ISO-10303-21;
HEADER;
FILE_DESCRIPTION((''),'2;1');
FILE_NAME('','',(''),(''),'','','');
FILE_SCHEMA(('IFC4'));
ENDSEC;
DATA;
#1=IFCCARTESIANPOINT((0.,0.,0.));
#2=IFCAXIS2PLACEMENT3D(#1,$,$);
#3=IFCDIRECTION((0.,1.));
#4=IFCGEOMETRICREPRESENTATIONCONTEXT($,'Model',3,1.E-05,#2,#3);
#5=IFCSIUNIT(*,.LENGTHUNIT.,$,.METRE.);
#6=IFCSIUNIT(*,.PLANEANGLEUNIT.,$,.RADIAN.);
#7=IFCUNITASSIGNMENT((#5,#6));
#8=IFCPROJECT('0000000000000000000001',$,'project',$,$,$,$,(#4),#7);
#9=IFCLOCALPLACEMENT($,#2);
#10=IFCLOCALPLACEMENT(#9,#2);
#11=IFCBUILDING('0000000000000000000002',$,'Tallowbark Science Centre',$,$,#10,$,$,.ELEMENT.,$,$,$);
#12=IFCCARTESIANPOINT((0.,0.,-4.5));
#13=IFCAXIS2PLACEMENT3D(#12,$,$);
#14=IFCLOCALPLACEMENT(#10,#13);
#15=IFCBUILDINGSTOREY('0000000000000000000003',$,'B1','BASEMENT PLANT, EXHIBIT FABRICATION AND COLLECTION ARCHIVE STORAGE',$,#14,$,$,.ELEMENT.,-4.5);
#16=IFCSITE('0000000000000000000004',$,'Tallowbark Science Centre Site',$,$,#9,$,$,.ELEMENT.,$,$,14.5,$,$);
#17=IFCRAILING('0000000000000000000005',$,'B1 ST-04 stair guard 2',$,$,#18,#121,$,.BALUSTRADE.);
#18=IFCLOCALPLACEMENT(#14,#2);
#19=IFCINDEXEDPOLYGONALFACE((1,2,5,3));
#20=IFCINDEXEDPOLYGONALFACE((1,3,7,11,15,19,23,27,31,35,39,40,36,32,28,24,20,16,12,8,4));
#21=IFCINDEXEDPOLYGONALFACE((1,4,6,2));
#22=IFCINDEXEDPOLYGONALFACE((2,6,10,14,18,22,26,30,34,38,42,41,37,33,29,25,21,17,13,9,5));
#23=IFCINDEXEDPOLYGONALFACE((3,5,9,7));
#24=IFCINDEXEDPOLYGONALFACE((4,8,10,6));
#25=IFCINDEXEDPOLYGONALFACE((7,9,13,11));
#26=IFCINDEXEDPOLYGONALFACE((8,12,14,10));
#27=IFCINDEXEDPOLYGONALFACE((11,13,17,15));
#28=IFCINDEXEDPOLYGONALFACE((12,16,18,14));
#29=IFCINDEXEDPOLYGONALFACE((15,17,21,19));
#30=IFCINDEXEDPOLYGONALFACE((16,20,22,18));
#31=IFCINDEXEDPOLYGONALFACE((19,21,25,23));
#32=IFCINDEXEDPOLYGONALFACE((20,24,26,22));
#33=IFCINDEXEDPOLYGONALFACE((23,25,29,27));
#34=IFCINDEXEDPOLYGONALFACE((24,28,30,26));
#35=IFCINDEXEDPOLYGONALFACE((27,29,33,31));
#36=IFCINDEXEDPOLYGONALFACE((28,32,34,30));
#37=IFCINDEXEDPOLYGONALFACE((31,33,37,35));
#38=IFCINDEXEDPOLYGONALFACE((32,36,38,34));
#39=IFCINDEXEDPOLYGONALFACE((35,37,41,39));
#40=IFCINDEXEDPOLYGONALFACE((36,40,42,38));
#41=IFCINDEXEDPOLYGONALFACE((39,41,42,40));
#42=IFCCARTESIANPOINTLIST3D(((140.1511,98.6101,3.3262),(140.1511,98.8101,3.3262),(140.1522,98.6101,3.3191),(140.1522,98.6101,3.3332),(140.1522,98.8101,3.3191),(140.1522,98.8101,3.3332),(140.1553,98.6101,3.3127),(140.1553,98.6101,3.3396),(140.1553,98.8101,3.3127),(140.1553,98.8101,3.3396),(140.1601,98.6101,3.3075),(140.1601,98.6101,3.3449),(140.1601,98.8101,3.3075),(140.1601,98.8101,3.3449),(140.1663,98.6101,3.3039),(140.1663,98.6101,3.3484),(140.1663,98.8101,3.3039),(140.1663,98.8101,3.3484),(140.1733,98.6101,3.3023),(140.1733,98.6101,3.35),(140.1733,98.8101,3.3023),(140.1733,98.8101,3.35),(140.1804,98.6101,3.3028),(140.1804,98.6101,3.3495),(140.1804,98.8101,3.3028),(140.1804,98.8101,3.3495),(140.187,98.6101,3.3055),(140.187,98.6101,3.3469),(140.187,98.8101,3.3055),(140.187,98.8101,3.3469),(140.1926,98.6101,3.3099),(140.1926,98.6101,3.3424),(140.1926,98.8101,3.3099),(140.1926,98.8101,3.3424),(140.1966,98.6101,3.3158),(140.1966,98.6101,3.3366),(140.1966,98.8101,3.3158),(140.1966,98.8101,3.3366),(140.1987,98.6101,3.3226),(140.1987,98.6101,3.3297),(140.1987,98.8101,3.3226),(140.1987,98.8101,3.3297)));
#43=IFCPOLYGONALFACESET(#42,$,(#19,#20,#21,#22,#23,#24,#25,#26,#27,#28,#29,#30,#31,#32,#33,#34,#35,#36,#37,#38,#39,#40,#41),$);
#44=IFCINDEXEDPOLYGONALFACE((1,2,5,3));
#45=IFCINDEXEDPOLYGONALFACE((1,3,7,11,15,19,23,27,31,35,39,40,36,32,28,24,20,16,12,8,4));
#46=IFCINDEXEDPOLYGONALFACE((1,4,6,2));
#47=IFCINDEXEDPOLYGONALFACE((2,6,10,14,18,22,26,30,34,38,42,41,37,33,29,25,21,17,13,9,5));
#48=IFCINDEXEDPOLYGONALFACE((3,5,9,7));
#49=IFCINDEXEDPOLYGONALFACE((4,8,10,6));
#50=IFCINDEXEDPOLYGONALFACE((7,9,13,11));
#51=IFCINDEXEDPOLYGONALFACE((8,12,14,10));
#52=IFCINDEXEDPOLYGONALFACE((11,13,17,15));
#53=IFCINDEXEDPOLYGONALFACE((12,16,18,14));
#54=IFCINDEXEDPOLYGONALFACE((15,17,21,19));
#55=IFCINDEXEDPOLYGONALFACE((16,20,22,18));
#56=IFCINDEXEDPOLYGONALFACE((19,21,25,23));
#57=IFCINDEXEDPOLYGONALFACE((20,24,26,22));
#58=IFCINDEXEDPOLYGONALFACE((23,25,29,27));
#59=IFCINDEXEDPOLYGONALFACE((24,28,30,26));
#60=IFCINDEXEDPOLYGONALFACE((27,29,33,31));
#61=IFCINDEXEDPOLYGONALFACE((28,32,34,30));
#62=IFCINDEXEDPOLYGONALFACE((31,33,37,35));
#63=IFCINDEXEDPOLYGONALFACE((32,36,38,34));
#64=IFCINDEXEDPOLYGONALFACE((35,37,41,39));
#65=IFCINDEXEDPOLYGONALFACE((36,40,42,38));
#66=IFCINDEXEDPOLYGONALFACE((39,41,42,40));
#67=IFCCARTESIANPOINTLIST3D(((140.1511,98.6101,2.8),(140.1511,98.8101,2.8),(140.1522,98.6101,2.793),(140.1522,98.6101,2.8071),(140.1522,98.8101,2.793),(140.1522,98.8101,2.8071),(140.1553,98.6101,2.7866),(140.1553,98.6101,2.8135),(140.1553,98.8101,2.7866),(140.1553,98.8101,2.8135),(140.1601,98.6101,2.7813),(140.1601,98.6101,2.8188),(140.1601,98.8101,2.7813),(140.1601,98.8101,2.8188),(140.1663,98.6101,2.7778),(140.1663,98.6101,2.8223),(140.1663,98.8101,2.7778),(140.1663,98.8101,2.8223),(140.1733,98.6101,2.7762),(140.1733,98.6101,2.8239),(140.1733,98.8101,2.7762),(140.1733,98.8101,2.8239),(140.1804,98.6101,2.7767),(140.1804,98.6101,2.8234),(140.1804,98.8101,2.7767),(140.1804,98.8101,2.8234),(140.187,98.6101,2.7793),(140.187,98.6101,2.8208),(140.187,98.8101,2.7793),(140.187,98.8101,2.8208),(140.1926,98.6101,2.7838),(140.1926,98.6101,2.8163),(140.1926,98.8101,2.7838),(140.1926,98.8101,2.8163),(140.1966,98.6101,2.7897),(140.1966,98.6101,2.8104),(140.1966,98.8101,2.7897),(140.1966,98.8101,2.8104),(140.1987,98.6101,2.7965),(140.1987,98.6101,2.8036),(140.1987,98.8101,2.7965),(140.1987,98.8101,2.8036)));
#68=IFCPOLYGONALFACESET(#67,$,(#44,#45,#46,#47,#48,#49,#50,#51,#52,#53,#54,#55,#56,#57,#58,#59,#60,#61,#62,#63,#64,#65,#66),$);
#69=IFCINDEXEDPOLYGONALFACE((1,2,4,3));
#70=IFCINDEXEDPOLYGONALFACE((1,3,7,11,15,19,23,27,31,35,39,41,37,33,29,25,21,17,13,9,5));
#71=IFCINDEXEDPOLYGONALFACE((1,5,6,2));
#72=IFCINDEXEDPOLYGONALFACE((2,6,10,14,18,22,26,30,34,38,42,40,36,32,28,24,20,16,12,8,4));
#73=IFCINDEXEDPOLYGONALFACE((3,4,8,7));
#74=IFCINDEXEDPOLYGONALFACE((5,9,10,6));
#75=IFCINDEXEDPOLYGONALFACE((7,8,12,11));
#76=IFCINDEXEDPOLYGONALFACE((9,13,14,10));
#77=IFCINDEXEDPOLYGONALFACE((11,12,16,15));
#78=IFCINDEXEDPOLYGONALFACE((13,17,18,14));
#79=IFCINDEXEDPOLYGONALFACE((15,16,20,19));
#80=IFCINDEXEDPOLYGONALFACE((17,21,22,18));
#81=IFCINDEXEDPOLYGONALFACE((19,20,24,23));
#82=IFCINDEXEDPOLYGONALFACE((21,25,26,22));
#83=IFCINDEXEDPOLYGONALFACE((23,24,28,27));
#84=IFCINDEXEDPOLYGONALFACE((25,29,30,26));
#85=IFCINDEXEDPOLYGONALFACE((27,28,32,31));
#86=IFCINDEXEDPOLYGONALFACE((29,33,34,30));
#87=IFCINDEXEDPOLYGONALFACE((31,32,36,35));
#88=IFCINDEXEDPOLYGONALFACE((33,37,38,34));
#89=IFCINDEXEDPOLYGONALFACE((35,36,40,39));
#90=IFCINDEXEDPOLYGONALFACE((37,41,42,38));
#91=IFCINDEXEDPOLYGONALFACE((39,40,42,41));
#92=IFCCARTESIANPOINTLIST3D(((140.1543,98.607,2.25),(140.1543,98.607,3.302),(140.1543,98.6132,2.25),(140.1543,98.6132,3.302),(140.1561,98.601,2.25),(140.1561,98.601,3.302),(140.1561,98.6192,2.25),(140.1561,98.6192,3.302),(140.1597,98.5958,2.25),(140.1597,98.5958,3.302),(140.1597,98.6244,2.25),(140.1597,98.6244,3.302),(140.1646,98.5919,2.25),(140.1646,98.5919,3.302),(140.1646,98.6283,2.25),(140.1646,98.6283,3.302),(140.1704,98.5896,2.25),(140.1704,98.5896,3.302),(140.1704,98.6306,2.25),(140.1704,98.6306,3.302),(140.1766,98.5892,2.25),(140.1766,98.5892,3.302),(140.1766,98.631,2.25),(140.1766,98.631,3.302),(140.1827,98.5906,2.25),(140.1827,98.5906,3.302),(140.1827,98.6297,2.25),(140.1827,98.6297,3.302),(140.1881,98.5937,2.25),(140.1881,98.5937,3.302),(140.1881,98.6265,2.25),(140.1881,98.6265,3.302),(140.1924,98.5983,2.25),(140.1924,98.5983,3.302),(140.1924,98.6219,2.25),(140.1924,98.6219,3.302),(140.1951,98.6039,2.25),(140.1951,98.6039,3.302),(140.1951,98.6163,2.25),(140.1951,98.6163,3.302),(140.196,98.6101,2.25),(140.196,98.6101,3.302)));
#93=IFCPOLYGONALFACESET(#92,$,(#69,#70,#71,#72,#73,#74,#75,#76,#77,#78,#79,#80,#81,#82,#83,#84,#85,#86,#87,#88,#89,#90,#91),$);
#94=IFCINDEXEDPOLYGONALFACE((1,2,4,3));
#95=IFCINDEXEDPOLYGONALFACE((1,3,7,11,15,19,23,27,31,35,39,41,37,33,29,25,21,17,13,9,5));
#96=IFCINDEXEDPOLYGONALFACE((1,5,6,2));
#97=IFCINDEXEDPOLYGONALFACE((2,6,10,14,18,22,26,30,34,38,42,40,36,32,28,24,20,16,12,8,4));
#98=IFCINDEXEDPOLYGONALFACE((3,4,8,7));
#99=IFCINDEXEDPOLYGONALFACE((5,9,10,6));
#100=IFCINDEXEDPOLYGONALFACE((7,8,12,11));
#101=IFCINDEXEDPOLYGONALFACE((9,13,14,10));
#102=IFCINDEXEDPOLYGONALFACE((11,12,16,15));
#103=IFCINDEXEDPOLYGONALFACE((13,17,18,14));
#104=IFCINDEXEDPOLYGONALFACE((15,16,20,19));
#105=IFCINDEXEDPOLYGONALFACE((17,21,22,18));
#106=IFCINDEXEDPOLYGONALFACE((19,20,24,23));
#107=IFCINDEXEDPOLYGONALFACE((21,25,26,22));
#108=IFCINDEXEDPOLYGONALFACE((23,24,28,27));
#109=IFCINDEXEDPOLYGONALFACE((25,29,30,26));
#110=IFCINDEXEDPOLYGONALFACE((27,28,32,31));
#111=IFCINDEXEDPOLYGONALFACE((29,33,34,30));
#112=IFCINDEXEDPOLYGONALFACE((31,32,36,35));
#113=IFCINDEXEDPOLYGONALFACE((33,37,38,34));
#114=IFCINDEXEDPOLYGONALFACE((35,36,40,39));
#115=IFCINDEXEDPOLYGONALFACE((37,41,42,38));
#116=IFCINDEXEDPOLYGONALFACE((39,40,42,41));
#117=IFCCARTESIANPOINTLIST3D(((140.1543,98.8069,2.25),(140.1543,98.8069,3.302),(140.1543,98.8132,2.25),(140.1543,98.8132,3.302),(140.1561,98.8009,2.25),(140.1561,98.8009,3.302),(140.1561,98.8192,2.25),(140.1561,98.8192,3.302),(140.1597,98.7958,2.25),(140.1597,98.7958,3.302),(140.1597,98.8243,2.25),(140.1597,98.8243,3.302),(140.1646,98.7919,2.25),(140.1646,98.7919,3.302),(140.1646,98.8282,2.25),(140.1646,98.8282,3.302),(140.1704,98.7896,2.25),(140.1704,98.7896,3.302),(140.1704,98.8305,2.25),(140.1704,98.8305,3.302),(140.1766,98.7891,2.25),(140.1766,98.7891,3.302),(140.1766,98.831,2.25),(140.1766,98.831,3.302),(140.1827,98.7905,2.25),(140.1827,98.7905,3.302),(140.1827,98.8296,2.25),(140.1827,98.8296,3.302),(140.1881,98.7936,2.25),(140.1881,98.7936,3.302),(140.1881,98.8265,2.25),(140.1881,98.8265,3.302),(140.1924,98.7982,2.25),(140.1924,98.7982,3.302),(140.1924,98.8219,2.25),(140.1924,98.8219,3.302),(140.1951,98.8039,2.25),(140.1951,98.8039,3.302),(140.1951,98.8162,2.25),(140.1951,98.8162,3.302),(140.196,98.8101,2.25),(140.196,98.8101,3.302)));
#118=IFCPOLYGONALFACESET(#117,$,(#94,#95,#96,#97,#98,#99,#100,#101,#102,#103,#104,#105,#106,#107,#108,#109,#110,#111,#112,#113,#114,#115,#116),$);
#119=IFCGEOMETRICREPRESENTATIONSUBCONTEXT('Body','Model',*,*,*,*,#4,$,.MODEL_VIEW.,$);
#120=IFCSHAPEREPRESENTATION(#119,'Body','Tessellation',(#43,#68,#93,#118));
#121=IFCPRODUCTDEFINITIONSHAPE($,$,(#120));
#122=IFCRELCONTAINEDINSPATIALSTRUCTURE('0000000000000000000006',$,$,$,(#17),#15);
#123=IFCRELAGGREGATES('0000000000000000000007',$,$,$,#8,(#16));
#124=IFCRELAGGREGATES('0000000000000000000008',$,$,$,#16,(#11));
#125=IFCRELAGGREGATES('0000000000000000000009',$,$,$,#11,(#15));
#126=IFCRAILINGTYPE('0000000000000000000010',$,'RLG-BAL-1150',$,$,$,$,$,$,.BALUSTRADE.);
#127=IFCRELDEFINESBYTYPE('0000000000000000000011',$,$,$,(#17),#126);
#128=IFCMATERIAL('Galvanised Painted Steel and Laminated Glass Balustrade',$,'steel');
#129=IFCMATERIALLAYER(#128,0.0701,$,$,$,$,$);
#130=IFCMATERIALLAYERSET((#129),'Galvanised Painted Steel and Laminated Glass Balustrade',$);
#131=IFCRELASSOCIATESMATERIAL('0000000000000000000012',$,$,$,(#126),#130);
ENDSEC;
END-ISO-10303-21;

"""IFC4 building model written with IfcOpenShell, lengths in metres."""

from ifc_helpers import new_model, si_unit, direction, frame, origin, origin_2d, place, context, subcontext, project, spatial, circle, extrude, material, layer, layer_set, type_object, element, save


model = new_model("IFC4")

# Units and contexts
model_context = context("Model", 3, precision=1e-05, world=origin(), true_north=direction((0.0, 1.0)))
body_context = subcontext(model_context, "Body", "Model", "MODEL_VIEW")
ifc_project = project(units=[si_unit("LENGTHUNIT", "METRE"), si_unit("PLANEANGLEUNIT", "RADIAN")], contexts=[model_context])

# Site, building, storey
site_placement = place(None, origin())
site = spatial("IfcSite", under=ifc_project, at=site_placement, Name="Tallowbark Science Centre Site", CompositionType="ELEMENT", RefElevation=14.5)
building_placement = place(site_placement, origin())
building = spatial("IfcBuilding", under=site, at=building_placement, Name="Tallowbark Science Centre", CompositionType="ELEMENT")
storey_placement = place(building_placement, frame((0.0, 0.0, -4.5)))
storey = spatial("IfcBuildingStorey", under=building, at=storey_placement, Name="B1", Description="BASEMENT PLANT, EXHIBIT FABRICATION AND COLLECTION ARCHIVE STORAGE", CompositionType="ELEMENT", Elevation=-4.5)

# Railing
ifc_material_1 = material(Name="Galvanised Painted Steel and Laminated Glass Balustrade", Category="steel")
ifc_layer_1 = layer(ifc_material_1, 0.0701)
ifc_layer_set_1 = layer_set([ifc_layer_1], Name="Galvanised Painted Steel and Laminated Glass Balustrade")
railing_type_1 = type_object("IfcRailingType", Name="RLG-BAL-1150", PredefinedType="BALUSTRADE", material=ifc_layer_set_1)
railing_1_placement = place(storey_placement, frame((140.175, 98.6101, 2.25)))
element("IfcRailing", 1, at=railing_1_placement, inside=storey, type_object=railing_type_1, Name="B1 ST-04 stair guard 2", PredefinedType="BALUSTRADE", context=body_context, shape_type="SweptSolid", body=[
    extrude(circle(Radius=0.0239, at=origin_2d()), frame((0.0, 0.0, 1.0762), z_axis=(0.0, 1.0, 0.0), x_axis=(-1.0, 0.0, 0.0)), (0.0, 0.0, 1.0), 0.2),
    extrude(circle(Radius=0.0239, at=origin_2d()), frame((0.0, 0.0, 0.55), z_axis=(0.0, 1.0, 0.0), x_axis=(-1.0, 0.0, 0.0)), (0.0, 0.0, 1.0), 0.2),
    extrude(circle(Radius=0.021, at=origin_2d()), origin(), (0.0, 0.0, 1.0), 1.052),
    extrude(circle(Radius=0.021, at=origin_2d()), frame((0.0, 0.2, 0.0)), (0.0, 0.0, 1.0), 1.052),
])

save(model, "model.ifc")
